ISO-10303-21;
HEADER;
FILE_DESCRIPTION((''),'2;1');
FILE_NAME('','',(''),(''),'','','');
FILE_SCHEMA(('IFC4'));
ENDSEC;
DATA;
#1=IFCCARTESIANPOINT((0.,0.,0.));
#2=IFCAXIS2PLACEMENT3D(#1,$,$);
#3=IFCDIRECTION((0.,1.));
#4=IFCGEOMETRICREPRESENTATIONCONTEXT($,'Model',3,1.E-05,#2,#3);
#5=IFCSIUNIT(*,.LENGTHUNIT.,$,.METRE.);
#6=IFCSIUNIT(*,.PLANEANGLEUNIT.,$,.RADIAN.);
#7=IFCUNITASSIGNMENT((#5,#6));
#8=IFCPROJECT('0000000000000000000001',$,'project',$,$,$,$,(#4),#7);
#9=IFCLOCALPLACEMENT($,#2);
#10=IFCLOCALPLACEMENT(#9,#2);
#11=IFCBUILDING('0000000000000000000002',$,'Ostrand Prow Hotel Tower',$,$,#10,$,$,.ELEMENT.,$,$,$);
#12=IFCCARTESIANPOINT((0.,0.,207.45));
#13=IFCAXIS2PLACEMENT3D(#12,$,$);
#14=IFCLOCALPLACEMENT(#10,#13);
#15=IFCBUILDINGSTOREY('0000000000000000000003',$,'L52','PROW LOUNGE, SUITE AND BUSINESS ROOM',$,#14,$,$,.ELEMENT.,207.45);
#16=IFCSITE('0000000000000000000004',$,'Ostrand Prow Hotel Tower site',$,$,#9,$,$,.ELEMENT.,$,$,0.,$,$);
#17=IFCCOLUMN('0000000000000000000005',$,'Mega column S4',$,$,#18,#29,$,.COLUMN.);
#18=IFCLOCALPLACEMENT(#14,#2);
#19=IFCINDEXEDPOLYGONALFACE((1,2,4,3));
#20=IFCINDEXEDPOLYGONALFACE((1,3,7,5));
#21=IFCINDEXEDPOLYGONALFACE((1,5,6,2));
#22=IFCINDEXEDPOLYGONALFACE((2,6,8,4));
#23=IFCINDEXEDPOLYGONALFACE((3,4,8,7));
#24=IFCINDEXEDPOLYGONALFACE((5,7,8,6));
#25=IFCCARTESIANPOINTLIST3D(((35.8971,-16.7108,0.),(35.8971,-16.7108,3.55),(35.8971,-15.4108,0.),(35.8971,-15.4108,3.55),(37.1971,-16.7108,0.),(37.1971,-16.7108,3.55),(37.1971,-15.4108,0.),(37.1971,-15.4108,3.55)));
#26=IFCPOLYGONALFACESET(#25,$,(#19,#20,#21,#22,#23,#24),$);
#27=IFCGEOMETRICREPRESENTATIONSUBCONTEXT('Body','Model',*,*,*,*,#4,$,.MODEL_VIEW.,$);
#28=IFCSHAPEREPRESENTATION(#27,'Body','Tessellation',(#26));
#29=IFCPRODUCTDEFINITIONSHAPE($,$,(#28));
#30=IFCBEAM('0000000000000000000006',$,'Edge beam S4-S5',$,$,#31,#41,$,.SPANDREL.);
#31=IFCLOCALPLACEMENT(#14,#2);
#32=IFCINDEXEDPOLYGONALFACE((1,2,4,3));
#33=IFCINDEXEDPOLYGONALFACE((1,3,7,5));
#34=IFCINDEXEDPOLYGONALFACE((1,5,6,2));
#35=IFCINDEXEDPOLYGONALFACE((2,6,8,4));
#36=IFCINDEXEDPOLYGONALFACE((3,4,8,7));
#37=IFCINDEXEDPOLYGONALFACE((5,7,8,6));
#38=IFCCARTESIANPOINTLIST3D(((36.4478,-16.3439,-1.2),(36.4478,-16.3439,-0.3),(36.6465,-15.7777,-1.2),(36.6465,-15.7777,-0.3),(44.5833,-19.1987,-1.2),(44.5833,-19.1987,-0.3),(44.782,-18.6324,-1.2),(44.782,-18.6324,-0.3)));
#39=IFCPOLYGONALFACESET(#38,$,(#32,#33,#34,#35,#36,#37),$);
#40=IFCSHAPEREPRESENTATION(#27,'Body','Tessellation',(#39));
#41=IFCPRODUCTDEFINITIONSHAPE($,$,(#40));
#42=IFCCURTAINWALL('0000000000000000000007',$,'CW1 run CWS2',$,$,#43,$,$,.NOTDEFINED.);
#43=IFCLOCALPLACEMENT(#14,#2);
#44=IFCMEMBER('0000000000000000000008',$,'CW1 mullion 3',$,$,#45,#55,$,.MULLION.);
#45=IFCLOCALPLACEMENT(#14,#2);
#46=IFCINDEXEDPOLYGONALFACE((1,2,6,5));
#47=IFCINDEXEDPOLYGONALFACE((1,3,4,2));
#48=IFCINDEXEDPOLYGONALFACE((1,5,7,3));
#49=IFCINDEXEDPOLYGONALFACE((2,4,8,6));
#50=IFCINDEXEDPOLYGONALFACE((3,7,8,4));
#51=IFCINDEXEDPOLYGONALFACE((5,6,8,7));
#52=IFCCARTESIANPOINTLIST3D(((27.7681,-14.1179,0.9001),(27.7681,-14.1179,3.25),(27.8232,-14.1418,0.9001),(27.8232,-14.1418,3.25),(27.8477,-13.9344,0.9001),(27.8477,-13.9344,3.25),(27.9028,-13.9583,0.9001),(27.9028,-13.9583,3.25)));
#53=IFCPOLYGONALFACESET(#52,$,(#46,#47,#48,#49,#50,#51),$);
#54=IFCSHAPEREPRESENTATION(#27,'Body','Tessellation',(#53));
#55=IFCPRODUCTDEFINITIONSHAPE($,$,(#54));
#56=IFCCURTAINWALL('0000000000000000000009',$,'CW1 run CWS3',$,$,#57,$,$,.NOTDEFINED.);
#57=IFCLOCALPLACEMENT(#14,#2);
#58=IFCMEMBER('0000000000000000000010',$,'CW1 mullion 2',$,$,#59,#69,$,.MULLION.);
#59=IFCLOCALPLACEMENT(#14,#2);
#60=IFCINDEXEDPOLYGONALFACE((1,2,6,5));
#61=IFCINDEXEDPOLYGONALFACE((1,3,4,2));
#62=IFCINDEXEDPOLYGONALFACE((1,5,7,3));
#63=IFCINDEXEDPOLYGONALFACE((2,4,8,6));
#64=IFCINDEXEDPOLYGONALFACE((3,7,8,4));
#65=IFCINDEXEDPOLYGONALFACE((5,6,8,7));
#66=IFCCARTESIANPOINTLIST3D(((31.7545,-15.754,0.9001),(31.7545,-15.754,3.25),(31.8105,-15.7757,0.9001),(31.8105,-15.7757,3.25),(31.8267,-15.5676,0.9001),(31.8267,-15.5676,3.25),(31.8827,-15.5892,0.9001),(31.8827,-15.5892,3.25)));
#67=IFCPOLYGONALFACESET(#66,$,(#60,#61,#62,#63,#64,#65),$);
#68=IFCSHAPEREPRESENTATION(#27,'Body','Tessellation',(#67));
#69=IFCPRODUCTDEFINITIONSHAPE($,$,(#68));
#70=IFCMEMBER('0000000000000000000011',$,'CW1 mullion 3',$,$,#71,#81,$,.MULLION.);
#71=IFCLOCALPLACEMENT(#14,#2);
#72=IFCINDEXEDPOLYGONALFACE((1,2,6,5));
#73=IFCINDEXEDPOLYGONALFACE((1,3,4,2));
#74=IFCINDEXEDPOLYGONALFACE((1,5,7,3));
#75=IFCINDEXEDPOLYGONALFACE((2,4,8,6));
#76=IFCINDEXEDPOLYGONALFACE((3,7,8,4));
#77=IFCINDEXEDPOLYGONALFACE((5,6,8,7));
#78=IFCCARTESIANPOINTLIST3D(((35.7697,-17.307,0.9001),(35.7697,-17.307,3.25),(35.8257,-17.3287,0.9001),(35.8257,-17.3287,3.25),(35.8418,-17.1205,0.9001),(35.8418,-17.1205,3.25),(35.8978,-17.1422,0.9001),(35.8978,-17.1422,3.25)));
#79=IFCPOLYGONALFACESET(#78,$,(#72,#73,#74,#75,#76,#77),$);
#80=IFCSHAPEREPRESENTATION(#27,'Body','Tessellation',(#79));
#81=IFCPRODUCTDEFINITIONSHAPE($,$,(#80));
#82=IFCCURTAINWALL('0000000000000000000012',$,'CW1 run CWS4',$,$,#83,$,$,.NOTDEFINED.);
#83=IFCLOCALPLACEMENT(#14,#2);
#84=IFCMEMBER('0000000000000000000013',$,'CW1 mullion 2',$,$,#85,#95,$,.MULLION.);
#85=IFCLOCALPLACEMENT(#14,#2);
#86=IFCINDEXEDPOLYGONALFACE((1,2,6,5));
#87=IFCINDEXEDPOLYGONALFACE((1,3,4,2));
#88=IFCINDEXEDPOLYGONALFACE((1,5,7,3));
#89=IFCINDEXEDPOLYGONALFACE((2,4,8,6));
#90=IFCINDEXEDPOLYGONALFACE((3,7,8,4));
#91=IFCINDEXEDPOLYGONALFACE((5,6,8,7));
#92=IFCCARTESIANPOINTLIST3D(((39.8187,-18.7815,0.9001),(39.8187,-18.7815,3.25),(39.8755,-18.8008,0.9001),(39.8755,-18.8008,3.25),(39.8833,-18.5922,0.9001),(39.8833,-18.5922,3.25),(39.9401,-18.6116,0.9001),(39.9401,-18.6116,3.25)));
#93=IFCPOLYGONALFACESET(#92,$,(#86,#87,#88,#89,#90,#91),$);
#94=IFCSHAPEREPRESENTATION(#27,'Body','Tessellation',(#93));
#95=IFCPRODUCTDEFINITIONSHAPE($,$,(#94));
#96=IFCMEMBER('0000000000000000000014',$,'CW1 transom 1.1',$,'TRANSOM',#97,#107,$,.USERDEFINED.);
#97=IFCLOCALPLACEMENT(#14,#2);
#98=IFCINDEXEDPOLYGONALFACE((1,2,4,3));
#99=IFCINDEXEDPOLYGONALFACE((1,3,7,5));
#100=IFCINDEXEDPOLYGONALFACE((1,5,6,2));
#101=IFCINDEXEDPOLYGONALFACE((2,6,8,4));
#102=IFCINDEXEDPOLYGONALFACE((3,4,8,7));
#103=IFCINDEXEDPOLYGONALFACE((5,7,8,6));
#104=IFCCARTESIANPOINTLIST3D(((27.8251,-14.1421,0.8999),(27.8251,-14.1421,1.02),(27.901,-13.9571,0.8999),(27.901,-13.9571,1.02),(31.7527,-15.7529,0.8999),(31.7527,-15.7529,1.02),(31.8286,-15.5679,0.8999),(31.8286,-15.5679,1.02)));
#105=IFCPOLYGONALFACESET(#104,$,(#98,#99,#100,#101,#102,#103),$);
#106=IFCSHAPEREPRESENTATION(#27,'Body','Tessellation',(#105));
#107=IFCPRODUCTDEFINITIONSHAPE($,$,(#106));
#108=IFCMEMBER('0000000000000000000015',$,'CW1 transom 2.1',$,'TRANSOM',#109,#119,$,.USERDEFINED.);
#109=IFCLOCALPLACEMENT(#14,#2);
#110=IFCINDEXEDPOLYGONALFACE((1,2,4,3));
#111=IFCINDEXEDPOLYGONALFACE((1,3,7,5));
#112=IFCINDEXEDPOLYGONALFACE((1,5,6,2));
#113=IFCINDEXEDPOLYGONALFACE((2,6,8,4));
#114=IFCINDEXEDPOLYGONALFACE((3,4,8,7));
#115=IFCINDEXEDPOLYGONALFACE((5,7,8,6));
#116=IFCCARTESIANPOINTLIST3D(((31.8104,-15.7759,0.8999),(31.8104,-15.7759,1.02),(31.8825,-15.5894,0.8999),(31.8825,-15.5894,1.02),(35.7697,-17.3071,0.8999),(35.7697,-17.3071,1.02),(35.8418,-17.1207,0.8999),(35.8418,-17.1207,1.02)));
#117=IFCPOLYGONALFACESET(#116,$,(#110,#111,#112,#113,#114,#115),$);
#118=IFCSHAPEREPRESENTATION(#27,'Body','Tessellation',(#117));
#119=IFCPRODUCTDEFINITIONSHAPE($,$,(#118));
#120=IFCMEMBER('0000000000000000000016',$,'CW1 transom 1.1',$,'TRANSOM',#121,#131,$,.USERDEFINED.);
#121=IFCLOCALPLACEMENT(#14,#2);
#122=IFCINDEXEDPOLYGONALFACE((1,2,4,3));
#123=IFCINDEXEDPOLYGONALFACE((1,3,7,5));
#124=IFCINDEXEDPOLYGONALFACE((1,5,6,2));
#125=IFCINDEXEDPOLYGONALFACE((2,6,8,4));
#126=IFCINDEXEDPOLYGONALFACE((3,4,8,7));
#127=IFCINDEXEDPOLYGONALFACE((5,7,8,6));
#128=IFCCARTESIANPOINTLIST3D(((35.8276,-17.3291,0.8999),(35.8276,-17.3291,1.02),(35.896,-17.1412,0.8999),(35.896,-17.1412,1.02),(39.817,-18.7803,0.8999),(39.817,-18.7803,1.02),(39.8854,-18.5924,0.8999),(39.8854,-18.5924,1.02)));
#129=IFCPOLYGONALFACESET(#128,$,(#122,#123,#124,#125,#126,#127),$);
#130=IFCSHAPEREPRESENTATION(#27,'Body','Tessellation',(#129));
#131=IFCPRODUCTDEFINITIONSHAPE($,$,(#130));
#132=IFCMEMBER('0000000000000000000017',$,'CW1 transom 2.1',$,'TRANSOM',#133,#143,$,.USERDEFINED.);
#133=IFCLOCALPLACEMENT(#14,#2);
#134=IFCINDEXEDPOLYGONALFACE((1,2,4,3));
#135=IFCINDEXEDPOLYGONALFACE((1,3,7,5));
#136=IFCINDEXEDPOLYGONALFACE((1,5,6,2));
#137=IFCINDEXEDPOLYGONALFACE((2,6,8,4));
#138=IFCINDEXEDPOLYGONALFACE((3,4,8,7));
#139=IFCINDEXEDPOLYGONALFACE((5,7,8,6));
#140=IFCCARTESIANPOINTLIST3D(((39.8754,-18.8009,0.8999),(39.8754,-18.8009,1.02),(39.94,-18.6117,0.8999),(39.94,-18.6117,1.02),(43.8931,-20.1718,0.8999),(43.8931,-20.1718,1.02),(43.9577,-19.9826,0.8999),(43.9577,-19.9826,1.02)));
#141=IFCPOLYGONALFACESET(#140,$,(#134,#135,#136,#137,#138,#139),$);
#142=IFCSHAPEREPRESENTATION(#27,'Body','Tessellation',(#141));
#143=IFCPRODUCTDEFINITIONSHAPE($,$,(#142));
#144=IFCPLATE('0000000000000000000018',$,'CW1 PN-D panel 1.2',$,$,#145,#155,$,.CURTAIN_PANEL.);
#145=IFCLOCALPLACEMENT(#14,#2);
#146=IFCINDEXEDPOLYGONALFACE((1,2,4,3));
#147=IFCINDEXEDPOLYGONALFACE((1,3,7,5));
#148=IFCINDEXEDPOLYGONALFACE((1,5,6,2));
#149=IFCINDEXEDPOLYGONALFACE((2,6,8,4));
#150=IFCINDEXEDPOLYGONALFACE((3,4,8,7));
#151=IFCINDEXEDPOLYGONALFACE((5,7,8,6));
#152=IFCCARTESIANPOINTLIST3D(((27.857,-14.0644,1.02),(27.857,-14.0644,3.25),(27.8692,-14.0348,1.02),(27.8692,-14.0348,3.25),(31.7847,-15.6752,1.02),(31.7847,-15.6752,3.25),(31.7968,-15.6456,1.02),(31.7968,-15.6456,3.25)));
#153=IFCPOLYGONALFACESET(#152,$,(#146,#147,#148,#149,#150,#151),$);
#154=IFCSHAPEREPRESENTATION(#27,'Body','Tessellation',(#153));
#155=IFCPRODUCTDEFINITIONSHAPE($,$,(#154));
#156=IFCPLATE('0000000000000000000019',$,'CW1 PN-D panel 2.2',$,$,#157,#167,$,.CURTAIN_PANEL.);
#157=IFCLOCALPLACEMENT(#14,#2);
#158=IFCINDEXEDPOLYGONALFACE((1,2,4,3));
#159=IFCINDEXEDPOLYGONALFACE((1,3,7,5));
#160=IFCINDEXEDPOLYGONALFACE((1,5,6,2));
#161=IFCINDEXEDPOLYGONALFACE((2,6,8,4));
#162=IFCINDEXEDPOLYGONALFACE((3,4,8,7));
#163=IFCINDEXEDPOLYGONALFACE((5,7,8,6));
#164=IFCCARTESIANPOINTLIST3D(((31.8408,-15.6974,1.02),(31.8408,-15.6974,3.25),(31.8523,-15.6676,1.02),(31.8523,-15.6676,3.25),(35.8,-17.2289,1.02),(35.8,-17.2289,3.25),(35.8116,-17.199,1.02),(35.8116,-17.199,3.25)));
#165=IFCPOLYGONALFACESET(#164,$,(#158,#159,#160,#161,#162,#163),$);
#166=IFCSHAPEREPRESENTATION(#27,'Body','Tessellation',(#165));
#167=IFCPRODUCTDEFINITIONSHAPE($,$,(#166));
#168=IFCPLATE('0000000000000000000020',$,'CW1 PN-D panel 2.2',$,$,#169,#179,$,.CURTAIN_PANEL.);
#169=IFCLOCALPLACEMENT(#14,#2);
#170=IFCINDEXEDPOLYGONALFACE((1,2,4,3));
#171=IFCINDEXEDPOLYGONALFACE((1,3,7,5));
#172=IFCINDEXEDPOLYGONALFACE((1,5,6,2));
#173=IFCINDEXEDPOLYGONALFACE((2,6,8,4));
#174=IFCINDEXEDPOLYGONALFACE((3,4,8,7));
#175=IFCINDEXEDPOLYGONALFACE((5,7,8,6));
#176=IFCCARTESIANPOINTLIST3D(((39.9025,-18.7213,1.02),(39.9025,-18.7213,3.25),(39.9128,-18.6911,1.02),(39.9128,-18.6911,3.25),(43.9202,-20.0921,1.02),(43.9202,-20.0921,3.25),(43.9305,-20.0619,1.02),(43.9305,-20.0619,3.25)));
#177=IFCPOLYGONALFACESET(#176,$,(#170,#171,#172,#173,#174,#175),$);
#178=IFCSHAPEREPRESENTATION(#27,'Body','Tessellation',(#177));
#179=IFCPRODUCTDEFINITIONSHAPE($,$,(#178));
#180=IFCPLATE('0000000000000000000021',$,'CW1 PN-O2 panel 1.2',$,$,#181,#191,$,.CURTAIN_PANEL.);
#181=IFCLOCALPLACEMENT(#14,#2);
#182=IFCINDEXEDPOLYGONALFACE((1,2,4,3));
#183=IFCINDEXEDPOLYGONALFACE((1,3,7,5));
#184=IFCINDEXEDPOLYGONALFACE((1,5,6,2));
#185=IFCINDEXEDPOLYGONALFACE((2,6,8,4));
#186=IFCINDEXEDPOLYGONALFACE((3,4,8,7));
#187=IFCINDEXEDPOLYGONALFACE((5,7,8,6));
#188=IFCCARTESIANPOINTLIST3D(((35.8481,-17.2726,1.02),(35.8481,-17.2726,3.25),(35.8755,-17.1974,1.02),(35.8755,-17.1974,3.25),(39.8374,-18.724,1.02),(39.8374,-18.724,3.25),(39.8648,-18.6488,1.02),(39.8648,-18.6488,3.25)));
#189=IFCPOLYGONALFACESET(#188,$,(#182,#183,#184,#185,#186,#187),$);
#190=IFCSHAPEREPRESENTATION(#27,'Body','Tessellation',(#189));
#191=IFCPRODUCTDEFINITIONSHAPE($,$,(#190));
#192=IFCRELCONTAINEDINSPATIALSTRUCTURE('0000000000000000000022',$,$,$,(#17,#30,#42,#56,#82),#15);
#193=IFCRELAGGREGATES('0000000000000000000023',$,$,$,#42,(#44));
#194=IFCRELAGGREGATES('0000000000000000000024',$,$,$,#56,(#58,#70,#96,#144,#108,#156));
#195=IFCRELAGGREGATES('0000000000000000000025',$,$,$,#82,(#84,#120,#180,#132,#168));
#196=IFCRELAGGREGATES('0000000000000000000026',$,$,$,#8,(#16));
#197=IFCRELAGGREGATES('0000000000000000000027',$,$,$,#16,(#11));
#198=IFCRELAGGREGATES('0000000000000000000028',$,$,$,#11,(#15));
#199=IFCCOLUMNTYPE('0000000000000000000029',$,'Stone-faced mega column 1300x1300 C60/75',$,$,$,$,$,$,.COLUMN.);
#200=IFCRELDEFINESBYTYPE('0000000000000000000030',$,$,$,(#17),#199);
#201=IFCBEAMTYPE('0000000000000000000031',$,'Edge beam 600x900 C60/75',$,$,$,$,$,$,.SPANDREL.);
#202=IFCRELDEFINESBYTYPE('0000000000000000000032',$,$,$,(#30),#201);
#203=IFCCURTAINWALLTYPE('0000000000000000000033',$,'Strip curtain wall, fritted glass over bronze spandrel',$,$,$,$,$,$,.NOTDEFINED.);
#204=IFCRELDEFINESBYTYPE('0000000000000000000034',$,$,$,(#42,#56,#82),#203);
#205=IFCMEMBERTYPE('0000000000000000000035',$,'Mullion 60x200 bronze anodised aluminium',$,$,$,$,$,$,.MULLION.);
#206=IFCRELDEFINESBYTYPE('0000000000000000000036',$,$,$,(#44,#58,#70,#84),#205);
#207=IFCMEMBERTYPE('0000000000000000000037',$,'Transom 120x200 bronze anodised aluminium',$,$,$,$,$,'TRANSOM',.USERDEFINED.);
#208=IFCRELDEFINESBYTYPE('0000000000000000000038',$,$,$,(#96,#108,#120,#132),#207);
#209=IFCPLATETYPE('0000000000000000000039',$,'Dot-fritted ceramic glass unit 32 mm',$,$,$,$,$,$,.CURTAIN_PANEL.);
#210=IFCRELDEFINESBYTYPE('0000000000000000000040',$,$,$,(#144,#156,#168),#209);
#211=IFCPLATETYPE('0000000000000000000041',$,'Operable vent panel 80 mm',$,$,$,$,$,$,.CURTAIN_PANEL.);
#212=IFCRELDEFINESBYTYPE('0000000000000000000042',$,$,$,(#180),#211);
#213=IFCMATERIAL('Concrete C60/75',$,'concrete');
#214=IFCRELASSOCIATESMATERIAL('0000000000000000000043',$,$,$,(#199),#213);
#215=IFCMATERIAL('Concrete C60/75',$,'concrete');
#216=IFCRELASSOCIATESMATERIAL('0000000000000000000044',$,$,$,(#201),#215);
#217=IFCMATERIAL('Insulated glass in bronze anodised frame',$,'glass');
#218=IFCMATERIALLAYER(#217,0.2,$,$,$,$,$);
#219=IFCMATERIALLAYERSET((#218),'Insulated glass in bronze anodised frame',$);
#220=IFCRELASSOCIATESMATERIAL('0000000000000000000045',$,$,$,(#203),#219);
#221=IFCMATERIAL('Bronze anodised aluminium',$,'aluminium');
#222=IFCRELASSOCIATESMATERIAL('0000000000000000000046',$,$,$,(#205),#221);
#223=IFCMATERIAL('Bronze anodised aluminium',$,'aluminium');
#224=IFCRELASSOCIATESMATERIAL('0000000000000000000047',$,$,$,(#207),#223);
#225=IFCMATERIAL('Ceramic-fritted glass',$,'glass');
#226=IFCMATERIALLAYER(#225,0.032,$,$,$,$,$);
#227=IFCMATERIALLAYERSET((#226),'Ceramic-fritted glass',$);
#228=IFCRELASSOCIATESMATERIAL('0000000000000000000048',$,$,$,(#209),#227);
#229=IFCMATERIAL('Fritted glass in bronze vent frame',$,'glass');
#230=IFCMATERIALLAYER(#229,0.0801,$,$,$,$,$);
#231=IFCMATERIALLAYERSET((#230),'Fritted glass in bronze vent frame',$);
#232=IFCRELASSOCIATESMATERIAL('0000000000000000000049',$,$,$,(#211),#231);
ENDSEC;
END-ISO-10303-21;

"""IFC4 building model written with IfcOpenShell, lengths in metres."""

from ifc_helpers import new_model, si_unit, direction, frame, origin, origin_2d, place, context, subcontext, project, spatial, rectangle, extrude, material, layer, layer_set, material_profile, profile_set, type_object, element, aggregate, save


model = new_model("IFC4")

# Units and contexts
model_context = context("Model", 3, precision=1e-05, world=origin(), true_north=direction((0.0, 1.0)))
body_context = subcontext(model_context, "Body", "Model", "MODEL_VIEW")
ifc_project = project(units=[si_unit("LENGTHUNIT", "METRE"), si_unit("PLANEANGLEUNIT", "RADIAN")], contexts=[model_context])

# Site, building, storey
site_placement = place(None, origin())
site = spatial("IfcSite", under=ifc_project, at=site_placement, Name="Ostrand Prow Hotel Tower site", CompositionType="ELEMENT", RefElevation=0.0)
building_placement = place(site_placement, origin())
building = spatial("IfcBuilding", under=site, at=building_placement, Name="Ostrand Prow Hotel Tower", CompositionType="ELEMENT")
storey_placement = place(building_placement, frame((0.0, 0.0, 207.45)))
storey = spatial("IfcBuildingStorey", under=building, at=storey_placement, Name="L52", Description="PROW LOUNGE, SUITE AND BUSINESS ROOM", CompositionType="ELEMENT", Elevation=207.45)

# Column
ifc_material_1 = material(Name="Concrete C60/75", Category="concrete")
ifc_material_profile_1 = material_profile(ifc_material_1, rectangle(XDim=1.3, YDim=1.3, at=origin_2d()), Name="RC 1300x1300")
ifc_profile_set_1 = profile_set([ifc_material_profile_1], Name="Concrete C60/75")
column_type = type_object("IfcColumnType", Name="Stone-faced mega column 1300x1300 C60/75", PredefinedType="COLUMN", material=ifc_profile_set_1)
column_placement = place(storey_placement, frame((36.5471, -16.0608, 0.0), z_axis=(0.0, 0.0, 1.0), x_axis=(1.0, 0.0, 0.0)))
element("IfcColumn", 1, at=column_placement, inside=storey, type_object=column_type, Name="Mega column S4", PredefinedType="COLUMN", context=body_context, shape_type="SweptSolid", body=[
    extrude(rectangle(XDim=1.3, YDim=1.3, at=origin_2d()), origin(), (0.0, 0.0, 1.0), 3.55),
])

# Beam
ifc_material_2 = material(Name="Concrete C60/75", Category="concrete")
ifc_material_profile_2 = material_profile(ifc_material_2, rectangle(XDim=0.6001, YDim=0.8999, at=origin_2d()), Name="RC 600x900")
ifc_profile_set_2 = profile_set([ifc_material_profile_2], Name="Concrete C60/75")
beam_type = type_object("IfcBeamType", Name="Edge beam 600x900 C60/75", PredefinedType="SPANDREL", material=ifc_profile_set_2)
beam_placement = place(storey_placement, frame((36.5471, -16.0608, -0.75), z_axis=(0.943594, -0.331106, 0.0), x_axis=(0.331106, 0.943594, 0.0)))
element("IfcBeam", 2, at=beam_placement, inside=storey, type_object=beam_type, Name="Edge beam S4-S5", PredefinedType="SPANDREL", context=body_context, shape_type="SweptSolid", body=[
    extrude(rectangle(XDim=0.6001, YDim=0.8999, at=origin_2d()), origin(), (0.0, 0.0, 1.0), 8.6218),
])

# Curtain wall, member
ifc_material_3 = material(Name="Insulated glass in bronze anodised frame", Category="glass")
ifc_layer_1 = layer(ifc_material_3, 0.2)
ifc_layer_set_1 = layer_set([ifc_layer_1], Name="Insulated glass in bronze anodised frame")
curtain_wall_type = type_object("IfcCurtainWallType", Name="Strip curtain wall, fritted glass over bronze spandrel", PredefinedType="NOTDEFINED", material=ifc_layer_set_1)
curtain_wall_1_placement = place(storey_placement, origin())
curtain_wall_1 = element("IfcCurtainWall", 3, at=curtain_wall_1_placement, inside=storey, type_object=curtain_wall_type, Name="CW1 run CWS2", PredefinedType="NOTDEFINED")
ifc_material_4 = material(Name="Bronze anodised aluminium", Category="aluminium")
ifc_material_profile_3 = material_profile(ifc_material_4, rectangle(XDim=0.2, YDim=0.0601, at=origin_2d()), Name="Mullion 60x200 bronze anodised aluminium")
ifc_profile_set_3 = profile_set([ifc_material_profile_3], Name="Bronze anodised aluminium")
member_type_1 = type_object("IfcMemberType", Name="Mullion 60x200 bronze anodised aluminium", PredefinedType="MULLION", material=ifc_profile_set_3)
member_1_placement = place(storey_placement, frame((27.8354, -14.0381, 0.9001), z_axis=(0.0, 0.0, 1.0), x_axis=(0.398005, 0.917383, 0.0)))
member_1 = element("IfcMember", 4, at=member_1_placement, type_object=member_type_1, Name="CW1 mullion 3", PredefinedType="MULLION", context=body_context, shape_type="SweptSolid", body=[
    extrude(rectangle(XDim=0.2, YDim=0.0601, at=origin_2d()), origin(), (0.0, 0.0, 1.0), 2.3499),
])
aggregate(curtain_wall_1, [member_1])

# Curtain wall, members
curtain_wall_2_placement = place(storey_placement, origin())
curtain_wall_2 = element("IfcCurtainWall", 5, at=curtain_wall_2_placement, inside=storey, type_object=curtain_wall_type, Name="CW1 run CWS3", PredefinedType="NOTDEFINED")
member_2_placement = place(storey_placement, frame((31.8186, -15.6716, 0.9001), z_axis=(0.0, 0.0, 1.0), x_axis=(0.360749, 0.932663, 0.0)))
member_2 = element("IfcMember", 6, at=member_2_placement, type_object=member_type_1, Name="CW1 mullion 2", PredefinedType="MULLION", context=body_context, shape_type="SweptSolid", body=[
    extrude(rectangle(XDim=0.2, YDim=0.0601, at=origin_2d()), origin(), (0.0, 0.0, 1.0), 2.3499),
])
member_3_placement = place(storey_placement, frame((35.8337, -17.2246, 0.9001), z_axis=(0.0, 0.0, 1.0), x_axis=(0.360749, 0.932663, 0.0)))
member_3 = element("IfcMember", 7, at=member_3_placement, type_object=member_type_1, Name="CW1 mullion 3", PredefinedType="MULLION", context=body_context, shape_type="SweptSolid", body=[
    extrude(rectangle(XDim=0.2, YDim=0.0601, at=origin_2d()), origin(), (0.0, 0.0, 1.0), 2.3499),
])

# Curtain wall, member
curtain_wall_3_placement = place(storey_placement, origin())
curtain_wall_3 = element("IfcCurtainWall", 8, at=curtain_wall_3_placement, inside=storey, type_object=curtain_wall_type, Name="CW1 run CWS4", PredefinedType="NOTDEFINED")
member_4_placement = place(storey_placement, frame((39.8794, -18.6965, 0.9001), z_axis=(0.0, 0.0, 1.0), x_axis=(0.322908, 0.94643, 0.0)))
member_4 = element("IfcMember", 9, at=member_4_placement, type_object=member_type_1, Name="CW1 mullion 2", PredefinedType="MULLION", context=body_context, shape_type="SweptSolid", body=[
    extrude(rectangle(XDim=0.2, YDim=0.0601, at=origin_2d()), origin(), (0.0, 0.0, 1.0), 2.3499),
])

# Members
ifc_material_5 = material(Name="Bronze anodised aluminium", Category="aluminium")
ifc_material_profile_4 = material_profile(ifc_material_5, rectangle(XDim=0.2, YDim=0.1201, at=origin_2d()), Name="Transom 120x200 bronze anodised aluminium")
ifc_profile_set_4 = profile_set([ifc_material_profile_4], Name="Bronze anodised aluminium")
member_type_2 = type_object("IfcMemberType", Name="Transom 120x200 bronze anodised aluminium", ElementType="TRANSOM", PredefinedType="USERDEFINED", material=ifc_profile_set_4)
member_5_placement = place(storey_placement, frame((27.863, -14.0496, 0.96), z_axis=(0.925213, -0.379448, 0.0), x_axis=(0.379448, 0.925213, 0.0)))
member_5 = element("IfcMember", 10, at=member_5_placement, type_object=member_type_2, Name="CW1 transom 1.1", ObjectType="TRANSOM", PredefinedType="USERDEFINED", context=body_context, shape_type="SweptSolid", body=[
    extrude(rectangle(XDim=0.2, YDim=0.1201, at=origin_2d()), origin(), (0.0, 0.0, 1.0), 4.2451),
])
member_6_placement = place(storey_placement, frame((31.8464, -15.6826, 0.96), z_axis=(0.932675, -0.360717, 0.0), x_axis=(0.360717, 0.932675, 0.0)))
member_6 = element("IfcMember", 11, at=member_6_placement, type_object=member_type_2, Name="CW1 transom 2.1", ObjectType="TRANSOM", PredefinedType="USERDEFINED", context=body_context, shape_type="SweptSolid", body=[
    extrude(rectangle(XDim=0.2, YDim=0.1201, at=origin_2d()), origin(), (0.0, 0.0, 1.0), 4.2451),
])
member_7_placement = place(storey_placement, frame((35.8618, -17.2351, 0.96), z_axis=(0.939753, -0.341854, 0.0), x_axis=(0.341854, 0.939753, 0.0)))
member_7 = element("IfcMember", 12, at=member_7_placement, type_object=member_type_2, Name="CW1 transom 1.1", ObjectType="TRANSOM", PredefinedType="USERDEFINED", context=body_context, shape_type="SweptSolid", body=[
    extrude(rectangle(XDim=0.2, YDim=0.1201, at=origin_2d()), origin(), (0.0, 0.0, 1.0), 4.2451),
])
member_8_placement = place(storey_placement, frame((39.9077, -18.7063, 0.96), z_axis=(0.946422, -0.322932, 0.0), x_axis=(0.322932, 0.946422, 0.0)))
member_8 = element("IfcMember", 13, at=member_8_placement, type_object=member_type_2, Name="CW1 transom 2.1", ObjectType="TRANSOM", PredefinedType="USERDEFINED", context=body_context, shape_type="SweptSolid", body=[
    extrude(rectangle(XDim=0.2, YDim=0.1201, at=origin_2d()), origin(), (0.0, 0.0, 1.0), 4.2451),
])

# Plates
ifc_material_6 = material(Name="Ceramic-fritted glass", Category="glass")
ifc_layer_2 = layer(ifc_material_6, 0.032)
ifc_layer_set_2 = layer_set([ifc_layer_2], Name="Ceramic-fritted glass")
plate_type_1 = type_object("IfcPlateType", Name="Dot-fritted ceramic glass unit 32 mm", PredefinedType="CURTAIN_PANEL", material=ifc_layer_set_2)
plate_1_placement = place(storey_placement, frame((29.8269, -14.855, 1.02), z_axis=(0.0, 0.0, 1.0), x_axis=(0.925211, -0.379453, 0.0)))
plate_1 = element("IfcPlate", 14, at=plate_1_placement, type_object=plate_type_1, Name="CW1 PN-D panel 1.2", PredefinedType="CURTAIN_PANEL", context=body_context, shape_type="SweptSolid", body=[
    extrude(rectangle(XDim=4.2451, YDim=0.032, at=origin_2d()), origin(), (0.0, 0.0, 1.0), 2.23),
])
plate_2_placement = place(storey_placement, frame((33.8262, -16.4482, 1.02), z_axis=(0.0, 0.0, 1.0), x_axis=(0.932663, -0.360749, 0.0)))
plate_2 = element("IfcPlate", 15, at=plate_2_placement, type_object=plate_type_1, Name="CW1 PN-D panel 2.2", PredefinedType="CURTAIN_PANEL", context=body_context, shape_type="SweptSolid", body=[
    extrude(rectangle(XDim=4.2451, YDim=0.032, at=origin_2d()), origin(), (0.0, 0.0, 1.0), 2.23),
])
aggregate(curtain_wall_2, [member_2, member_3, member_5, plate_1, member_6, plate_2])
plate_3_placement = place(storey_placement, frame((41.9165, -19.3916, 1.02), z_axis=(0.0, 0.0, 1.0), x_axis=(0.94643, -0.322908, 0.0)))
plate_3 = element("IfcPlate", 16, at=plate_3_placement, type_object=plate_type_1, Name="CW1 PN-D panel 2.2", PredefinedType="CURTAIN_PANEL", context=body_context, shape_type="SweptSolid", body=[
    extrude(rectangle(XDim=4.2451, YDim=0.032, at=origin_2d()), origin(), (0.0, 0.0, 1.0), 2.23),
])
ifc_material_7 = material(Name="Fritted glass in bronze vent frame", Category="glass")
ifc_layer_3 = layer(ifc_material_7, 0.0801)
ifc_layer_set_3 = layer_set([ifc_layer_3], Name="Fritted glass in bronze vent frame")
plate_type_2 = type_object("IfcPlateType", Name="Operable vent panel 80 mm", PredefinedType="CURTAIN_PANEL", material=ifc_layer_set_3)
plate_4_placement = place(storey_placement, frame((37.8564, -17.9607, 1.02), z_axis=(0.0, 0.0, 1.0), x_axis=(0.939737, -0.341897, 0.0)))
plate_4 = element("IfcPlate", 17, at=plate_4_placement, type_object=plate_type_2, Name="CW1 PN-O2 panel 1.2", PredefinedType="CURTAIN_PANEL", context=body_context, shape_type="SweptSolid", body=[
    extrude(rectangle(XDim=4.2451, YDim=0.0801, at=origin_2d()), origin(), (0.0, 0.0, 1.0), 2.23),
])
aggregate(curtain_wall_3, [member_4, member_7, plate_4, member_8, plate_3])

save(model, "model.ifc")
